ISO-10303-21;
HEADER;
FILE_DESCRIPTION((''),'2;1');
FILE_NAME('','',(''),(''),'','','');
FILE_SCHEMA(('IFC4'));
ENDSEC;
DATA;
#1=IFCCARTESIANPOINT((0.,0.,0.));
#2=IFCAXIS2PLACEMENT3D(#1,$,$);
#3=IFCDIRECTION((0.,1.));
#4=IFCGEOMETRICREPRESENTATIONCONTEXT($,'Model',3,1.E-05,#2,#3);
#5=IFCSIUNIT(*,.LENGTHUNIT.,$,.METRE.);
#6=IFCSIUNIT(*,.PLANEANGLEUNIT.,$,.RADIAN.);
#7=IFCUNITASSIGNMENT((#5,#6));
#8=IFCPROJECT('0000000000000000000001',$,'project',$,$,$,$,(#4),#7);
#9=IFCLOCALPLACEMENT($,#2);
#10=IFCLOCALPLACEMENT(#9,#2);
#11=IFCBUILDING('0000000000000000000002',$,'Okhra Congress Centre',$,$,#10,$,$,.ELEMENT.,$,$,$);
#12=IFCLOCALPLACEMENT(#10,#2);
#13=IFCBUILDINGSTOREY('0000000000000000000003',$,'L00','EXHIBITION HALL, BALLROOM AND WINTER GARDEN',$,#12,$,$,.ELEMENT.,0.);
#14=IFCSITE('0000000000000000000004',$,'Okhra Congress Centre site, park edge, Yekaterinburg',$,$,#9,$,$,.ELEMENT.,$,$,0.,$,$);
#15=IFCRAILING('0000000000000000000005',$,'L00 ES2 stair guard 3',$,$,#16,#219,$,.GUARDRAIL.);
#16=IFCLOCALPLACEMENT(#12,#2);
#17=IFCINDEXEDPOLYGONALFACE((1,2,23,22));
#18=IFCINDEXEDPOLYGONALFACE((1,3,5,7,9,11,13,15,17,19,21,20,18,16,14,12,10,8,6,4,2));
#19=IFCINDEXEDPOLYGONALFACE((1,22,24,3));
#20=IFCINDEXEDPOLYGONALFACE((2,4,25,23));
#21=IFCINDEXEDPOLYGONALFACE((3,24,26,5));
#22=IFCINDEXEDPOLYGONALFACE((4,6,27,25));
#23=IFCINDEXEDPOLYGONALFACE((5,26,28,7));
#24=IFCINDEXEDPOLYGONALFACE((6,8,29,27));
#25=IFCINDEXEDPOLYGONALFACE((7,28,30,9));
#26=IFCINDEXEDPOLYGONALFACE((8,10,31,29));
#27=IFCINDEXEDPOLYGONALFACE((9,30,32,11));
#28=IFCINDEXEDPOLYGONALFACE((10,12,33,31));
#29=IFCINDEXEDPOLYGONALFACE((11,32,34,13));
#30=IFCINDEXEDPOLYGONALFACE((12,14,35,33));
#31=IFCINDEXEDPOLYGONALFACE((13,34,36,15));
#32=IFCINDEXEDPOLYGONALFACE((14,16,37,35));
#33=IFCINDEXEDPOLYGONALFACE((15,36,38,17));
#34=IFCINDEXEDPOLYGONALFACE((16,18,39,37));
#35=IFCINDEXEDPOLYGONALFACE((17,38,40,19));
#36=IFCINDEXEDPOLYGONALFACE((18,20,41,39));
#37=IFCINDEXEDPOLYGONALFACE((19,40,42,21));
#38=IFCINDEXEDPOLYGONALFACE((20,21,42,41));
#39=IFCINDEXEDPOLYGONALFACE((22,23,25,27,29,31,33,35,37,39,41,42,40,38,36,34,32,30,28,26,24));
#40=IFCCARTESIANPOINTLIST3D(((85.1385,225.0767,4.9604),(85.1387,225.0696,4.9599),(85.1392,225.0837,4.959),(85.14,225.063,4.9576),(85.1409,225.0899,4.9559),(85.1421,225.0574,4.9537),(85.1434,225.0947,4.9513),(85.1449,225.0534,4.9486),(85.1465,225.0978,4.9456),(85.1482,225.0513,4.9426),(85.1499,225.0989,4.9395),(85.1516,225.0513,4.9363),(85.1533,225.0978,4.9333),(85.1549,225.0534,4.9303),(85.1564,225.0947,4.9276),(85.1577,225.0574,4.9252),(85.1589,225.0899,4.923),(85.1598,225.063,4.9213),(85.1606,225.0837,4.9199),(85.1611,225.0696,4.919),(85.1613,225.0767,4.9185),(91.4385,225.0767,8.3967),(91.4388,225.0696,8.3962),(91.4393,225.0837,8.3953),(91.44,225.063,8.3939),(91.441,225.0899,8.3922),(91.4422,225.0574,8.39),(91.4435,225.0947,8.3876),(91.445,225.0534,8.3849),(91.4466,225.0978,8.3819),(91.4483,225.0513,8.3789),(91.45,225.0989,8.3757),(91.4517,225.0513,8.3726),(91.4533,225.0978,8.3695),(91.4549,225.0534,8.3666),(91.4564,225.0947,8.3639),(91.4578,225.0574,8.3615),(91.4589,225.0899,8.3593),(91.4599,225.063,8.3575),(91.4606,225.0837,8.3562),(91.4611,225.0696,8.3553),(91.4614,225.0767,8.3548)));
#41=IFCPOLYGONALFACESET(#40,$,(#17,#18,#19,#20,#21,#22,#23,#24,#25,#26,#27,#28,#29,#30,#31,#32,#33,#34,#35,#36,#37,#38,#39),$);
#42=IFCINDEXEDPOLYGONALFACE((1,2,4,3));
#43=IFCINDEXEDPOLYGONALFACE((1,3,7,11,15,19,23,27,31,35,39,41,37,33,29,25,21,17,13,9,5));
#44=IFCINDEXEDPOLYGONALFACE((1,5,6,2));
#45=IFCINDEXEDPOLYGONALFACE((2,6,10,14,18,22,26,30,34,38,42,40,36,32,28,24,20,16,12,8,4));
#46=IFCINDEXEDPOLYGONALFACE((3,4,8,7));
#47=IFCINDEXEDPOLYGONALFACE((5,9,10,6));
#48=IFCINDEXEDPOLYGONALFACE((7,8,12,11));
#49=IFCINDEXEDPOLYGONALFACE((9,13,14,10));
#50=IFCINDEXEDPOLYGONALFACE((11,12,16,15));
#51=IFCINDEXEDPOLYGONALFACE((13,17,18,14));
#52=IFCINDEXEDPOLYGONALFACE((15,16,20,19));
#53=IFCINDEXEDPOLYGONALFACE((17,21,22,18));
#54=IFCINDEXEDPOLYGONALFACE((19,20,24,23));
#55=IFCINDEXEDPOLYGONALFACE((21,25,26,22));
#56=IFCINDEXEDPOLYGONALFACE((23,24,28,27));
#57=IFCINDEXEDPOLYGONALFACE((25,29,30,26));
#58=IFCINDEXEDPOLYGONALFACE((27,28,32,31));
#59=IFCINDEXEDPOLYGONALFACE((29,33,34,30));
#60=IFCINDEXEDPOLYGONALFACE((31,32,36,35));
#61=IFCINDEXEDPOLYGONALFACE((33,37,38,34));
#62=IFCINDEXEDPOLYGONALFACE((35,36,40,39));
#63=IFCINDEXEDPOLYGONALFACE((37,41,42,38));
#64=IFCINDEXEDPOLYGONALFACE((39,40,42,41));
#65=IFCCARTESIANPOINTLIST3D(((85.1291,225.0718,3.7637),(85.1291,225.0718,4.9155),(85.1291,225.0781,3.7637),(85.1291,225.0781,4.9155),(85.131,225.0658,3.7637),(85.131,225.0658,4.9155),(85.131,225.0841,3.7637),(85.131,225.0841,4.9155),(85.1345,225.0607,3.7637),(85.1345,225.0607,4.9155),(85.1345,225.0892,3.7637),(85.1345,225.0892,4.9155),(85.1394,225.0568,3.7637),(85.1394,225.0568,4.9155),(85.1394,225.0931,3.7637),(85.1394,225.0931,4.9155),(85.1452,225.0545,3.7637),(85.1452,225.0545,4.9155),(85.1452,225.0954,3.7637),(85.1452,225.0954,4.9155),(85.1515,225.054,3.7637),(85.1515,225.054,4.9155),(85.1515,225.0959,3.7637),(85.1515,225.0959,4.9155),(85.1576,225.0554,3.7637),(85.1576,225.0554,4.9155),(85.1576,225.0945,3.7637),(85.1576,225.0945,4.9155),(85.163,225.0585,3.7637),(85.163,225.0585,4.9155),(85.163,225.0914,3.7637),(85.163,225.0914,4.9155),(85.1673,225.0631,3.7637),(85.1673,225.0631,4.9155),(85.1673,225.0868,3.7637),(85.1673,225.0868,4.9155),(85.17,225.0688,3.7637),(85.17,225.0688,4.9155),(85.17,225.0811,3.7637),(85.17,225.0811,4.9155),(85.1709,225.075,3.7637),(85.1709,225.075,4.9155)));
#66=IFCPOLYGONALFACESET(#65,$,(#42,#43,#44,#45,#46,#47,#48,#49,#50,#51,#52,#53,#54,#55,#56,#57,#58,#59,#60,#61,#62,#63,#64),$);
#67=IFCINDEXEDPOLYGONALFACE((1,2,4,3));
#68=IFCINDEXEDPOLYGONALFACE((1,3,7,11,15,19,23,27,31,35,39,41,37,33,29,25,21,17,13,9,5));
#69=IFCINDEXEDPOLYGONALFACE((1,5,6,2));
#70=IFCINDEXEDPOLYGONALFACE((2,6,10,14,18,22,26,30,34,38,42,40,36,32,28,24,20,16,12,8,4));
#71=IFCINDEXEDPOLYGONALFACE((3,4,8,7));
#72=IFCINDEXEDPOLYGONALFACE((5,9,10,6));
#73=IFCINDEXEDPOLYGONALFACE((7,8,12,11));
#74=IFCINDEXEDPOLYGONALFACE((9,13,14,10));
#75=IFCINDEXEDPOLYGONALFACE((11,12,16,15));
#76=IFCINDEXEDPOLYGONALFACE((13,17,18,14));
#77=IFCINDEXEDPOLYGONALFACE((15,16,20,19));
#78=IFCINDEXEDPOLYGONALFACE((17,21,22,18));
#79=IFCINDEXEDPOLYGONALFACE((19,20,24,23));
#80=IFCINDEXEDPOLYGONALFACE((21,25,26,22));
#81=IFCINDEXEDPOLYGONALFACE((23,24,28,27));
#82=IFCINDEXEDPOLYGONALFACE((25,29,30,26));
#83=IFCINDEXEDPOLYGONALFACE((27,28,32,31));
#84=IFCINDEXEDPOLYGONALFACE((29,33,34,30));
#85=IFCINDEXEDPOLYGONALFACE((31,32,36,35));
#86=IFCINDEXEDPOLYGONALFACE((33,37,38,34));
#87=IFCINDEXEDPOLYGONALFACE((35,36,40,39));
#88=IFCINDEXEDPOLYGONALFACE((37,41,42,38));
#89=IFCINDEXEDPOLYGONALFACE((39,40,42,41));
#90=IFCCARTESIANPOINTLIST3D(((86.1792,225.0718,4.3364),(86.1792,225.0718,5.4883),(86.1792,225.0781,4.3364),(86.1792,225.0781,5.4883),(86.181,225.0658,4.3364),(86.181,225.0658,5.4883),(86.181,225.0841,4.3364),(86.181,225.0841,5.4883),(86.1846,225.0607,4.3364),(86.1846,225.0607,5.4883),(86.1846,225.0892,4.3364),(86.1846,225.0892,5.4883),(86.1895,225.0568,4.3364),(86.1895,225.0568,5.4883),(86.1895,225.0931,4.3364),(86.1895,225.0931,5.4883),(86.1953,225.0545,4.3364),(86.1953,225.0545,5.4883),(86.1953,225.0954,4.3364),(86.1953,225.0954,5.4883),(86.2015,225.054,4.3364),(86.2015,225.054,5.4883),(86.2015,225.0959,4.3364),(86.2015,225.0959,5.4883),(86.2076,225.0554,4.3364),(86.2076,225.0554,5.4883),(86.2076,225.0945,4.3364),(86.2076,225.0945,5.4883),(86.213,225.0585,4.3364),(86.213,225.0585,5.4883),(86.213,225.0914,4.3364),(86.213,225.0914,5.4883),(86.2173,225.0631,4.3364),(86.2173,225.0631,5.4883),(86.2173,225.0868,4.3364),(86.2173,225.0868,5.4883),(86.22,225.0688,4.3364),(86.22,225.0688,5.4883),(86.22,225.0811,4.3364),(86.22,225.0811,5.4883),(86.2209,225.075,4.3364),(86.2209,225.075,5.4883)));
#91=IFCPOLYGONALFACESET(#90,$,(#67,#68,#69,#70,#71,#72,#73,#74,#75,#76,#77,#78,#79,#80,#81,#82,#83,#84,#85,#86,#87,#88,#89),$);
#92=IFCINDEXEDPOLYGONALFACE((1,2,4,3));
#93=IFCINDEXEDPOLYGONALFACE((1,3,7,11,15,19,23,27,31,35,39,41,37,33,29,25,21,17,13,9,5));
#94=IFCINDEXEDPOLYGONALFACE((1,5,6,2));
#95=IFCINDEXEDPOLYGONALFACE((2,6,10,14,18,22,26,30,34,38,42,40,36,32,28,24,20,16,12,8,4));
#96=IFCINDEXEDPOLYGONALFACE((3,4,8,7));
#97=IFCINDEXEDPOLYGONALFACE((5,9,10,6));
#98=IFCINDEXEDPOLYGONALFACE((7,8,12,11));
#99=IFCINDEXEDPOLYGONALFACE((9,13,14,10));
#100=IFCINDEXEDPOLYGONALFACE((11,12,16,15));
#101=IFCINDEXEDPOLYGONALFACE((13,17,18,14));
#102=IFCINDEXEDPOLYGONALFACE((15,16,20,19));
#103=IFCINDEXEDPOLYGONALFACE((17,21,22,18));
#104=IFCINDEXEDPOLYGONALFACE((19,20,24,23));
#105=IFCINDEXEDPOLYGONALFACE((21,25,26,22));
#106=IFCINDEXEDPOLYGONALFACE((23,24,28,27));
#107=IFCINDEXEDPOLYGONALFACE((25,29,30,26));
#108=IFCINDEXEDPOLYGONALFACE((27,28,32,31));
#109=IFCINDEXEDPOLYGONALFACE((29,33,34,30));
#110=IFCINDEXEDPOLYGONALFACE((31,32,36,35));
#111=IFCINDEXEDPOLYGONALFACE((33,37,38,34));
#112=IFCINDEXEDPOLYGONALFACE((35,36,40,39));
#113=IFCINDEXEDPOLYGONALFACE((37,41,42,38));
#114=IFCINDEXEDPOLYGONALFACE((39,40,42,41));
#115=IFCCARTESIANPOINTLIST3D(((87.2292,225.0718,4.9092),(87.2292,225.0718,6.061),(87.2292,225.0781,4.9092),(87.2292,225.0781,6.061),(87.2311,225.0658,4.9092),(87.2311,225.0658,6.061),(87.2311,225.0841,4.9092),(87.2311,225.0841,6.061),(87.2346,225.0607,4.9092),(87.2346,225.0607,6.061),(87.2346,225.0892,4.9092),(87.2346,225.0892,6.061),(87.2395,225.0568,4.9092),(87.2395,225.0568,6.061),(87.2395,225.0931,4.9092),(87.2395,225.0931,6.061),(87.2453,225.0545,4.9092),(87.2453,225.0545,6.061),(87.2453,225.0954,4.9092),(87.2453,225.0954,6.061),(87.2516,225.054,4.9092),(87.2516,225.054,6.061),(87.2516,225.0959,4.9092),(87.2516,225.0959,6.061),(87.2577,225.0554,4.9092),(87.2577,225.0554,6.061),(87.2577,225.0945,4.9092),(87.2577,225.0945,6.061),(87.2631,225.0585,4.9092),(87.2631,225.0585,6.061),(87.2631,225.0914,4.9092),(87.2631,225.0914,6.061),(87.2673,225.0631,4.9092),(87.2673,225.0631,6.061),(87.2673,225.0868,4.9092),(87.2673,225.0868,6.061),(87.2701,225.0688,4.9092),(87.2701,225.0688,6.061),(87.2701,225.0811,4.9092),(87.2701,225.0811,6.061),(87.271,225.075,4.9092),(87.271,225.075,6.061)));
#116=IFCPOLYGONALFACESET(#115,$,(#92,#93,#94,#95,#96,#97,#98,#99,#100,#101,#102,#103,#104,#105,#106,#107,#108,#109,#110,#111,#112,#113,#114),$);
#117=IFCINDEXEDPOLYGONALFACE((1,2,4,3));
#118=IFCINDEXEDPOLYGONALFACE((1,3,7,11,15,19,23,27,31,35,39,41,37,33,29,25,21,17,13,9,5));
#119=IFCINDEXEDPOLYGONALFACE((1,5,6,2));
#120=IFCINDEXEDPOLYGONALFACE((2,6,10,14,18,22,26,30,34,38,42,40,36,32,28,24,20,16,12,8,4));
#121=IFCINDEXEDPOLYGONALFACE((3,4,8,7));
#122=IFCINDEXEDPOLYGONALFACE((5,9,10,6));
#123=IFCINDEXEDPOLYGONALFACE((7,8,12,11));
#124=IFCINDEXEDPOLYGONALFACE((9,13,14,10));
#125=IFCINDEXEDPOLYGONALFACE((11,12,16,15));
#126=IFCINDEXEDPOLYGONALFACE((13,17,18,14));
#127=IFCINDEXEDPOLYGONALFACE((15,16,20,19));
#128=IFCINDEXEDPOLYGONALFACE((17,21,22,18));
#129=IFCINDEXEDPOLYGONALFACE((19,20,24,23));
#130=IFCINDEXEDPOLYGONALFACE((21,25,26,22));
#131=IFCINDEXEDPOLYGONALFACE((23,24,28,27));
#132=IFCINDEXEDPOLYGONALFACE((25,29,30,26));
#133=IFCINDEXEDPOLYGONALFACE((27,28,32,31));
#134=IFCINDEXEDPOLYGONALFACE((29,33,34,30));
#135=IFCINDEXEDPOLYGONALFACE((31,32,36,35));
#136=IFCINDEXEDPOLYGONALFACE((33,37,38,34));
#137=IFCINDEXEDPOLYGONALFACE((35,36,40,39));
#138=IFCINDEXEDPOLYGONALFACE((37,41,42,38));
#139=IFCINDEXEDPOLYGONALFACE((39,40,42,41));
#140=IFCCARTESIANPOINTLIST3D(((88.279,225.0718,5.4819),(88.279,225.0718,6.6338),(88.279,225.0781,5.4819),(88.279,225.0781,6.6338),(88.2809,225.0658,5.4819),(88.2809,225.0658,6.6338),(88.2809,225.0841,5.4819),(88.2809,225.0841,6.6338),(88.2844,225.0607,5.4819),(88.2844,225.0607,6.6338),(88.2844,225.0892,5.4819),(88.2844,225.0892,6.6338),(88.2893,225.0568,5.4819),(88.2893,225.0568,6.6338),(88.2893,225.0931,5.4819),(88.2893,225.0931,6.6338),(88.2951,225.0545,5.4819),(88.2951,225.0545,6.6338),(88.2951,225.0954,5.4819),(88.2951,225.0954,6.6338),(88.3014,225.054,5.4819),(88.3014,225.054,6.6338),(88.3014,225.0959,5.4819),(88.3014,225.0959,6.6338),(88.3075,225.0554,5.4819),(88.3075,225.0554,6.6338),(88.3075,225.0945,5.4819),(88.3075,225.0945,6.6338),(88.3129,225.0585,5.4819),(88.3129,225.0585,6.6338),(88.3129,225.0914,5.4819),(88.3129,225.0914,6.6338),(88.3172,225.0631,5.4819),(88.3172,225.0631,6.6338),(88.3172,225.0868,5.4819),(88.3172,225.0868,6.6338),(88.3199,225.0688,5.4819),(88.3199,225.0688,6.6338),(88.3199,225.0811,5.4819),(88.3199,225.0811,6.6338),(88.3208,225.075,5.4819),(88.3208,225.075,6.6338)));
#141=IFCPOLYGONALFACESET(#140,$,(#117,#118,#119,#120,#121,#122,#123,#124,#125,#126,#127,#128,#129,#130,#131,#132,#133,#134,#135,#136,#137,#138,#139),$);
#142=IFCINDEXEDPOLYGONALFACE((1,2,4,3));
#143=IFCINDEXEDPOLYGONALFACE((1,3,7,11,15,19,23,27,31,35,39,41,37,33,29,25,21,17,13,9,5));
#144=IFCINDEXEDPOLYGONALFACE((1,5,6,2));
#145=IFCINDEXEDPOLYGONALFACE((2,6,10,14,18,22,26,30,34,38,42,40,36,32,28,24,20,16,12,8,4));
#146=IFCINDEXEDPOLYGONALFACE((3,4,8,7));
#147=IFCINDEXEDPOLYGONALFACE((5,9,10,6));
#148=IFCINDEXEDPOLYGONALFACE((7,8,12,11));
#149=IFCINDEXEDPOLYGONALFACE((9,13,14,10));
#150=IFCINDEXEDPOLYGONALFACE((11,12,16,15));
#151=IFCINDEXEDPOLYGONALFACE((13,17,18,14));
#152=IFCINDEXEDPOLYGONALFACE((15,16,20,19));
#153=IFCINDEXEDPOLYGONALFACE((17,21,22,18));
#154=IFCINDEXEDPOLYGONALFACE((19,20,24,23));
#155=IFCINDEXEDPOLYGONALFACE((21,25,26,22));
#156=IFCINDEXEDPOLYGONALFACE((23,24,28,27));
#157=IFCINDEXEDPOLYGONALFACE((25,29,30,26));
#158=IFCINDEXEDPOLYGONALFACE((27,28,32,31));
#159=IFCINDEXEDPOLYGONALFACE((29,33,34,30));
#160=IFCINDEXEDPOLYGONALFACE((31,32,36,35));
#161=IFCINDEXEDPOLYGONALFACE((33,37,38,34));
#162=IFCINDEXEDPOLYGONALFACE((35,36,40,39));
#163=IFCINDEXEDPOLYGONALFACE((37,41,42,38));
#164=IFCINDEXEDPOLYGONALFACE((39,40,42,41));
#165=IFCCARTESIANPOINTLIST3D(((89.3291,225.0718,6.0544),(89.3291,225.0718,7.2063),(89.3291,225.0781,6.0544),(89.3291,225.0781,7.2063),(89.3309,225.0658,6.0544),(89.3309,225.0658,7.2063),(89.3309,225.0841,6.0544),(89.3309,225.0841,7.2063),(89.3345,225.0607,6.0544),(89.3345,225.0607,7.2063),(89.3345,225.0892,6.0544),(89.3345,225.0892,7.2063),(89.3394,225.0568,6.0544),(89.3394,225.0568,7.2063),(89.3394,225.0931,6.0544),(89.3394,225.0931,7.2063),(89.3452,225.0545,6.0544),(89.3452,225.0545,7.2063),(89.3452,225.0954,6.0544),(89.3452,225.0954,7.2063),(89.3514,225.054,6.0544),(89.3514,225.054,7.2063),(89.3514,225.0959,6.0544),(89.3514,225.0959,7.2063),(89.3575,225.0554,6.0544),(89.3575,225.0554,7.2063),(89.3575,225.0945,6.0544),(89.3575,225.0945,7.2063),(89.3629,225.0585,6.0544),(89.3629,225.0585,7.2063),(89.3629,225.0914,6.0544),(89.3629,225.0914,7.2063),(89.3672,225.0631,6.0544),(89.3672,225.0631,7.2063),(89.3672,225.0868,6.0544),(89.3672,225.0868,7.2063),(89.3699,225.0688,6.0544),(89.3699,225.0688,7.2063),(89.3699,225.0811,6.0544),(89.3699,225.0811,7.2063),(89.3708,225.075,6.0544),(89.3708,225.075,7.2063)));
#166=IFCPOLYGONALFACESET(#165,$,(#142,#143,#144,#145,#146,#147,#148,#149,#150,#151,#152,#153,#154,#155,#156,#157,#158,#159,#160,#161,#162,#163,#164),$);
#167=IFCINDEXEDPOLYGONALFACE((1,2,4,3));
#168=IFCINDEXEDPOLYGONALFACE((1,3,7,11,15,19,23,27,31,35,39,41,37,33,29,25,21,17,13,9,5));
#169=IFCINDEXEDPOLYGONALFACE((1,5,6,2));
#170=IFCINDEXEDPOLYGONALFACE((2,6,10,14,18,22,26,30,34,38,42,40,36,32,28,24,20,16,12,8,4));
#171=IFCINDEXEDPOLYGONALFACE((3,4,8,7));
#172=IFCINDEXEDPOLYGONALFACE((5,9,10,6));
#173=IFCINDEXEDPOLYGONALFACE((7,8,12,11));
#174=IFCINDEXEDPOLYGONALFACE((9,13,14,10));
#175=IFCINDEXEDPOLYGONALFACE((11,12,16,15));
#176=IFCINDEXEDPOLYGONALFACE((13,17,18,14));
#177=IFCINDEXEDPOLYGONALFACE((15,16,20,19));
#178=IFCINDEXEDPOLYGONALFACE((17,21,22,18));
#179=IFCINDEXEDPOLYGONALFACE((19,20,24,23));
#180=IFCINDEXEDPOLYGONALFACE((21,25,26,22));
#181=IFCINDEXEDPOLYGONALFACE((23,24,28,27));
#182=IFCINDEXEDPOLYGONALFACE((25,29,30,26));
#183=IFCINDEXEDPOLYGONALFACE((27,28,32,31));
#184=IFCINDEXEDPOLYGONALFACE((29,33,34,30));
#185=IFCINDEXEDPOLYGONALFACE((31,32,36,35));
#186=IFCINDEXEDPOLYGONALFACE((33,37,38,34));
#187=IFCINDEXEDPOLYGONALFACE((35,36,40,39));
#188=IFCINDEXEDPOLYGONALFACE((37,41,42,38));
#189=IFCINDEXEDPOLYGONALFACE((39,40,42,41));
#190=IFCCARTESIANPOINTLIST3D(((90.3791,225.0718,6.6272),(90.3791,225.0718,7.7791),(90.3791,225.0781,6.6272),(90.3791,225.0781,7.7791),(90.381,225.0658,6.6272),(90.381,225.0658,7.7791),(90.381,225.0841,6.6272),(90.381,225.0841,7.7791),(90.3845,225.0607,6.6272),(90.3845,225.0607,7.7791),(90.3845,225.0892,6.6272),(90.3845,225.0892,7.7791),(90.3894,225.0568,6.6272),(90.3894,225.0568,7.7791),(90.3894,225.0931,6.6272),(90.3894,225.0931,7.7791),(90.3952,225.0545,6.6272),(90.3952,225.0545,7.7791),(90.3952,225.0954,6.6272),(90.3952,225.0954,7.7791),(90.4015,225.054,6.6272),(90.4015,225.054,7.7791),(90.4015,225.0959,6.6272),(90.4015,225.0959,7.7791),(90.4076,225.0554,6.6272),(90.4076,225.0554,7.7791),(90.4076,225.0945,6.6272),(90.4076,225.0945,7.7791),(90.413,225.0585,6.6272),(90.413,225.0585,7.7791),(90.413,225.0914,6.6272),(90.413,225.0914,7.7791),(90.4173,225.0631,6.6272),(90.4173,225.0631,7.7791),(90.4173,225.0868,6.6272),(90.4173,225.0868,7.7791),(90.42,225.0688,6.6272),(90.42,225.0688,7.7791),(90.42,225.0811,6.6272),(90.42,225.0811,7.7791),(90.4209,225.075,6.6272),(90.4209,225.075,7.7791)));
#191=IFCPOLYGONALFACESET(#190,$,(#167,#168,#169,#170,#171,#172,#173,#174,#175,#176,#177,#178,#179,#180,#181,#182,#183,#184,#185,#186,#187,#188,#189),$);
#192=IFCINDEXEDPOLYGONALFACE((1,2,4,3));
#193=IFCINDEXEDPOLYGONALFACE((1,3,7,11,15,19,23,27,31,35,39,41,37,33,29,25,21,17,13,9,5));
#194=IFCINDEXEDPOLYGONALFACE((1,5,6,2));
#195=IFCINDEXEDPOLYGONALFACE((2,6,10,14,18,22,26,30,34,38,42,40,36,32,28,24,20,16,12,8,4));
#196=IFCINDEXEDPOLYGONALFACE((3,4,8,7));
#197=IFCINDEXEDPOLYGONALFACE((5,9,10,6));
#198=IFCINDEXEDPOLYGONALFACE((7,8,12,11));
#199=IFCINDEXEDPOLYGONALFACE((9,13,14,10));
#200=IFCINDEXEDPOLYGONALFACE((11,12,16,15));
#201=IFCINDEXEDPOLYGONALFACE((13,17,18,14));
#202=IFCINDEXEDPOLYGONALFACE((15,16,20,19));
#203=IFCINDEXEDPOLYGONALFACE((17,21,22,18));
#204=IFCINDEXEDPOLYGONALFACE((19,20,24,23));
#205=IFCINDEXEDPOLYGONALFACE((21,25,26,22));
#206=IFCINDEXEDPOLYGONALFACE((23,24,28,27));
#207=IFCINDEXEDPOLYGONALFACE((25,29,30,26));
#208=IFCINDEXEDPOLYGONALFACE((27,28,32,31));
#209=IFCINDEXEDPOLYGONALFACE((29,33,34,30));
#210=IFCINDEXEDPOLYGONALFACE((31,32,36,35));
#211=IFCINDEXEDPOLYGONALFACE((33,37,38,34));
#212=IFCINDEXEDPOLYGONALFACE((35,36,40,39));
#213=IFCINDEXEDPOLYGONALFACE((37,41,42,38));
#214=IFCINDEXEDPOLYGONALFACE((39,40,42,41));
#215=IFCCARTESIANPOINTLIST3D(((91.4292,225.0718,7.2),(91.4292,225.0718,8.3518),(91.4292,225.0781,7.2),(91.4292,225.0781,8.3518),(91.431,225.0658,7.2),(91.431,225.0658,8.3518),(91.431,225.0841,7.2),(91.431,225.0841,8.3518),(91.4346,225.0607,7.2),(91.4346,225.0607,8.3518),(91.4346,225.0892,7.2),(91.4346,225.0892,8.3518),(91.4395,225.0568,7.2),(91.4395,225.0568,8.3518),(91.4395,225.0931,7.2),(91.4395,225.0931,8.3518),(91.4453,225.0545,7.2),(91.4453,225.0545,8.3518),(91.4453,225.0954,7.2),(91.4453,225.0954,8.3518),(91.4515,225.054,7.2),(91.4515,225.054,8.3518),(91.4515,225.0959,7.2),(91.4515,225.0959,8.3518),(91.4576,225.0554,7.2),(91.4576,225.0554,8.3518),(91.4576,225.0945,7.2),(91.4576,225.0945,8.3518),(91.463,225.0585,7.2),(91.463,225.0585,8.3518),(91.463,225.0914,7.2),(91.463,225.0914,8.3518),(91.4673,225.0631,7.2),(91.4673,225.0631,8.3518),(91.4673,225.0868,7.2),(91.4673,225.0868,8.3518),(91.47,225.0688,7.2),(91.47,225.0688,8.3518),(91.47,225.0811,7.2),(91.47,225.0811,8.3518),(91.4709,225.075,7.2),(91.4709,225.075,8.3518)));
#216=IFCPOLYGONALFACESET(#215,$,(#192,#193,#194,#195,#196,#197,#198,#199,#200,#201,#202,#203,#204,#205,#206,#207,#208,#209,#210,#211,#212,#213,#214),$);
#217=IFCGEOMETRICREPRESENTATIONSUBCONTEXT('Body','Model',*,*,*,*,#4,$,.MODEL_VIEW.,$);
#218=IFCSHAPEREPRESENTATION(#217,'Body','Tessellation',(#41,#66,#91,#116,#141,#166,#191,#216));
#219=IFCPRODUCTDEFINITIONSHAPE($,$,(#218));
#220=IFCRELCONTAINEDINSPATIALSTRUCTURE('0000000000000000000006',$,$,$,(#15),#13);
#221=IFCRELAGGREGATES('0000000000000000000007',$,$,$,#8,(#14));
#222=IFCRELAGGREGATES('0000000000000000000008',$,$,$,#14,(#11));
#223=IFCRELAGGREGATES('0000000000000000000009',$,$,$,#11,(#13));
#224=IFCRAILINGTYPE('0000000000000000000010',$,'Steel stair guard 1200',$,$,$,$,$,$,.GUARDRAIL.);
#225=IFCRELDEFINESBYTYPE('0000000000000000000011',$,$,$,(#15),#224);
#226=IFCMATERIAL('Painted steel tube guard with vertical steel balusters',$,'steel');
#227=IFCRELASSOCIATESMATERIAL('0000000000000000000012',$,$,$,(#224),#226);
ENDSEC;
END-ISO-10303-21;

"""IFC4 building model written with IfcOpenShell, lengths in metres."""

from ifc_helpers import new_model, si_unit, direction, frame, origin, origin_2d, place, context, subcontext, project, spatial, circle, extrude, material, type_object, element, save


model = new_model("IFC4")

# Units and contexts
model_context = context("Model", 3, precision=1e-05, world=origin(), true_north=direction((0.0, 1.0)))
body_context = subcontext(model_context, "Body", "Model", "MODEL_VIEW")
ifc_project = project(units=[si_unit("LENGTHUNIT", "METRE"), si_unit("PLANEANGLEUNIT", "RADIAN")], contexts=[model_context])

# Site, building, storey
site_placement = place(None, origin())
site = spatial("IfcSite", under=ifc_project, at=site_placement, Name="Okhra Congress Centre site, park edge, Yekaterinburg", CompositionType="ELEMENT", RefElevation=0.0)
building_placement = place(site_placement, origin())
building = spatial("IfcBuilding", under=site, at=building_placement, Name="Okhra Congress Centre", CompositionType="ELEMENT")
storey_placement = place(building_placement, origin())
storey = spatial("IfcBuildingStorey", under=building, at=storey_placement, Name="L00", Description="EXHIBITION HALL, BALLROOM AND WINTER GARDEN", CompositionType="ELEMENT", Elevation=0.0)

# Railing
ifc_material_1 = material(Name="Painted steel tube guard with vertical steel balusters", Category="steel")
railing_type_1 = type_object("IfcRailingType", Name="Steel stair guard 1200", PredefinedType="GUARDRAIL", material=ifc_material_1)
railing_1_placement = place(storey_placement, frame((85.1499, 225.075, 3.7637)))
element("IfcRailing", 1, at=railing_1_placement, inside=storey, type_object=railing_type_1, Name="L00 ES2 stair guard 3", PredefinedType="GUARDRAIL", context=body_context, shape_type="SweptSolid", body=[
    extrude(circle(Radius=0.0239, at=origin_2d()), frame((0.0, 0.0, 1.1758), z_axis=(0.877902, 0.0, 0.47884), x_axis=(0.0, 1.0, 0.0)), (0.0, 0.0, 1.0), 7.1763),
    extrude(circle(Radius=0.021, at=origin_2d()), origin(), (0.0, 0.0, 1.0), 1.1519),
    extrude(circle(Radius=0.021, at=origin_2d()), frame((1.05, 0.0, 0.5728)), (0.0, 0.0, 1.0), 1.1519),
    extrude(circle(Radius=0.021, at=origin_2d()), frame((2.1001, 0.0, 1.1455)), (0.0, 0.0, 1.0), 1.1519),
    extrude(circle(Radius=0.021, at=origin_2d()), frame((3.1499, 0.0, 1.7183)), (0.0, 0.0, 1.0), 1.1519),
    extrude(circle(Radius=0.021, at=origin_2d()), frame((4.2, 0.0, 2.2908)), (0.0, 0.0, 1.0), 1.1519),
    extrude(circle(Radius=0.021, at=origin_2d()), frame((5.25, 0.0, 2.8635)), (0.0, 0.0, 1.0), 1.1519),
    extrude(circle(Radius=0.021, at=origin_2d()), frame((6.3, 0.0, 3.4363)), (0.0, 0.0, 1.0), 1.1519),
])

save(model, "model.ifc")
